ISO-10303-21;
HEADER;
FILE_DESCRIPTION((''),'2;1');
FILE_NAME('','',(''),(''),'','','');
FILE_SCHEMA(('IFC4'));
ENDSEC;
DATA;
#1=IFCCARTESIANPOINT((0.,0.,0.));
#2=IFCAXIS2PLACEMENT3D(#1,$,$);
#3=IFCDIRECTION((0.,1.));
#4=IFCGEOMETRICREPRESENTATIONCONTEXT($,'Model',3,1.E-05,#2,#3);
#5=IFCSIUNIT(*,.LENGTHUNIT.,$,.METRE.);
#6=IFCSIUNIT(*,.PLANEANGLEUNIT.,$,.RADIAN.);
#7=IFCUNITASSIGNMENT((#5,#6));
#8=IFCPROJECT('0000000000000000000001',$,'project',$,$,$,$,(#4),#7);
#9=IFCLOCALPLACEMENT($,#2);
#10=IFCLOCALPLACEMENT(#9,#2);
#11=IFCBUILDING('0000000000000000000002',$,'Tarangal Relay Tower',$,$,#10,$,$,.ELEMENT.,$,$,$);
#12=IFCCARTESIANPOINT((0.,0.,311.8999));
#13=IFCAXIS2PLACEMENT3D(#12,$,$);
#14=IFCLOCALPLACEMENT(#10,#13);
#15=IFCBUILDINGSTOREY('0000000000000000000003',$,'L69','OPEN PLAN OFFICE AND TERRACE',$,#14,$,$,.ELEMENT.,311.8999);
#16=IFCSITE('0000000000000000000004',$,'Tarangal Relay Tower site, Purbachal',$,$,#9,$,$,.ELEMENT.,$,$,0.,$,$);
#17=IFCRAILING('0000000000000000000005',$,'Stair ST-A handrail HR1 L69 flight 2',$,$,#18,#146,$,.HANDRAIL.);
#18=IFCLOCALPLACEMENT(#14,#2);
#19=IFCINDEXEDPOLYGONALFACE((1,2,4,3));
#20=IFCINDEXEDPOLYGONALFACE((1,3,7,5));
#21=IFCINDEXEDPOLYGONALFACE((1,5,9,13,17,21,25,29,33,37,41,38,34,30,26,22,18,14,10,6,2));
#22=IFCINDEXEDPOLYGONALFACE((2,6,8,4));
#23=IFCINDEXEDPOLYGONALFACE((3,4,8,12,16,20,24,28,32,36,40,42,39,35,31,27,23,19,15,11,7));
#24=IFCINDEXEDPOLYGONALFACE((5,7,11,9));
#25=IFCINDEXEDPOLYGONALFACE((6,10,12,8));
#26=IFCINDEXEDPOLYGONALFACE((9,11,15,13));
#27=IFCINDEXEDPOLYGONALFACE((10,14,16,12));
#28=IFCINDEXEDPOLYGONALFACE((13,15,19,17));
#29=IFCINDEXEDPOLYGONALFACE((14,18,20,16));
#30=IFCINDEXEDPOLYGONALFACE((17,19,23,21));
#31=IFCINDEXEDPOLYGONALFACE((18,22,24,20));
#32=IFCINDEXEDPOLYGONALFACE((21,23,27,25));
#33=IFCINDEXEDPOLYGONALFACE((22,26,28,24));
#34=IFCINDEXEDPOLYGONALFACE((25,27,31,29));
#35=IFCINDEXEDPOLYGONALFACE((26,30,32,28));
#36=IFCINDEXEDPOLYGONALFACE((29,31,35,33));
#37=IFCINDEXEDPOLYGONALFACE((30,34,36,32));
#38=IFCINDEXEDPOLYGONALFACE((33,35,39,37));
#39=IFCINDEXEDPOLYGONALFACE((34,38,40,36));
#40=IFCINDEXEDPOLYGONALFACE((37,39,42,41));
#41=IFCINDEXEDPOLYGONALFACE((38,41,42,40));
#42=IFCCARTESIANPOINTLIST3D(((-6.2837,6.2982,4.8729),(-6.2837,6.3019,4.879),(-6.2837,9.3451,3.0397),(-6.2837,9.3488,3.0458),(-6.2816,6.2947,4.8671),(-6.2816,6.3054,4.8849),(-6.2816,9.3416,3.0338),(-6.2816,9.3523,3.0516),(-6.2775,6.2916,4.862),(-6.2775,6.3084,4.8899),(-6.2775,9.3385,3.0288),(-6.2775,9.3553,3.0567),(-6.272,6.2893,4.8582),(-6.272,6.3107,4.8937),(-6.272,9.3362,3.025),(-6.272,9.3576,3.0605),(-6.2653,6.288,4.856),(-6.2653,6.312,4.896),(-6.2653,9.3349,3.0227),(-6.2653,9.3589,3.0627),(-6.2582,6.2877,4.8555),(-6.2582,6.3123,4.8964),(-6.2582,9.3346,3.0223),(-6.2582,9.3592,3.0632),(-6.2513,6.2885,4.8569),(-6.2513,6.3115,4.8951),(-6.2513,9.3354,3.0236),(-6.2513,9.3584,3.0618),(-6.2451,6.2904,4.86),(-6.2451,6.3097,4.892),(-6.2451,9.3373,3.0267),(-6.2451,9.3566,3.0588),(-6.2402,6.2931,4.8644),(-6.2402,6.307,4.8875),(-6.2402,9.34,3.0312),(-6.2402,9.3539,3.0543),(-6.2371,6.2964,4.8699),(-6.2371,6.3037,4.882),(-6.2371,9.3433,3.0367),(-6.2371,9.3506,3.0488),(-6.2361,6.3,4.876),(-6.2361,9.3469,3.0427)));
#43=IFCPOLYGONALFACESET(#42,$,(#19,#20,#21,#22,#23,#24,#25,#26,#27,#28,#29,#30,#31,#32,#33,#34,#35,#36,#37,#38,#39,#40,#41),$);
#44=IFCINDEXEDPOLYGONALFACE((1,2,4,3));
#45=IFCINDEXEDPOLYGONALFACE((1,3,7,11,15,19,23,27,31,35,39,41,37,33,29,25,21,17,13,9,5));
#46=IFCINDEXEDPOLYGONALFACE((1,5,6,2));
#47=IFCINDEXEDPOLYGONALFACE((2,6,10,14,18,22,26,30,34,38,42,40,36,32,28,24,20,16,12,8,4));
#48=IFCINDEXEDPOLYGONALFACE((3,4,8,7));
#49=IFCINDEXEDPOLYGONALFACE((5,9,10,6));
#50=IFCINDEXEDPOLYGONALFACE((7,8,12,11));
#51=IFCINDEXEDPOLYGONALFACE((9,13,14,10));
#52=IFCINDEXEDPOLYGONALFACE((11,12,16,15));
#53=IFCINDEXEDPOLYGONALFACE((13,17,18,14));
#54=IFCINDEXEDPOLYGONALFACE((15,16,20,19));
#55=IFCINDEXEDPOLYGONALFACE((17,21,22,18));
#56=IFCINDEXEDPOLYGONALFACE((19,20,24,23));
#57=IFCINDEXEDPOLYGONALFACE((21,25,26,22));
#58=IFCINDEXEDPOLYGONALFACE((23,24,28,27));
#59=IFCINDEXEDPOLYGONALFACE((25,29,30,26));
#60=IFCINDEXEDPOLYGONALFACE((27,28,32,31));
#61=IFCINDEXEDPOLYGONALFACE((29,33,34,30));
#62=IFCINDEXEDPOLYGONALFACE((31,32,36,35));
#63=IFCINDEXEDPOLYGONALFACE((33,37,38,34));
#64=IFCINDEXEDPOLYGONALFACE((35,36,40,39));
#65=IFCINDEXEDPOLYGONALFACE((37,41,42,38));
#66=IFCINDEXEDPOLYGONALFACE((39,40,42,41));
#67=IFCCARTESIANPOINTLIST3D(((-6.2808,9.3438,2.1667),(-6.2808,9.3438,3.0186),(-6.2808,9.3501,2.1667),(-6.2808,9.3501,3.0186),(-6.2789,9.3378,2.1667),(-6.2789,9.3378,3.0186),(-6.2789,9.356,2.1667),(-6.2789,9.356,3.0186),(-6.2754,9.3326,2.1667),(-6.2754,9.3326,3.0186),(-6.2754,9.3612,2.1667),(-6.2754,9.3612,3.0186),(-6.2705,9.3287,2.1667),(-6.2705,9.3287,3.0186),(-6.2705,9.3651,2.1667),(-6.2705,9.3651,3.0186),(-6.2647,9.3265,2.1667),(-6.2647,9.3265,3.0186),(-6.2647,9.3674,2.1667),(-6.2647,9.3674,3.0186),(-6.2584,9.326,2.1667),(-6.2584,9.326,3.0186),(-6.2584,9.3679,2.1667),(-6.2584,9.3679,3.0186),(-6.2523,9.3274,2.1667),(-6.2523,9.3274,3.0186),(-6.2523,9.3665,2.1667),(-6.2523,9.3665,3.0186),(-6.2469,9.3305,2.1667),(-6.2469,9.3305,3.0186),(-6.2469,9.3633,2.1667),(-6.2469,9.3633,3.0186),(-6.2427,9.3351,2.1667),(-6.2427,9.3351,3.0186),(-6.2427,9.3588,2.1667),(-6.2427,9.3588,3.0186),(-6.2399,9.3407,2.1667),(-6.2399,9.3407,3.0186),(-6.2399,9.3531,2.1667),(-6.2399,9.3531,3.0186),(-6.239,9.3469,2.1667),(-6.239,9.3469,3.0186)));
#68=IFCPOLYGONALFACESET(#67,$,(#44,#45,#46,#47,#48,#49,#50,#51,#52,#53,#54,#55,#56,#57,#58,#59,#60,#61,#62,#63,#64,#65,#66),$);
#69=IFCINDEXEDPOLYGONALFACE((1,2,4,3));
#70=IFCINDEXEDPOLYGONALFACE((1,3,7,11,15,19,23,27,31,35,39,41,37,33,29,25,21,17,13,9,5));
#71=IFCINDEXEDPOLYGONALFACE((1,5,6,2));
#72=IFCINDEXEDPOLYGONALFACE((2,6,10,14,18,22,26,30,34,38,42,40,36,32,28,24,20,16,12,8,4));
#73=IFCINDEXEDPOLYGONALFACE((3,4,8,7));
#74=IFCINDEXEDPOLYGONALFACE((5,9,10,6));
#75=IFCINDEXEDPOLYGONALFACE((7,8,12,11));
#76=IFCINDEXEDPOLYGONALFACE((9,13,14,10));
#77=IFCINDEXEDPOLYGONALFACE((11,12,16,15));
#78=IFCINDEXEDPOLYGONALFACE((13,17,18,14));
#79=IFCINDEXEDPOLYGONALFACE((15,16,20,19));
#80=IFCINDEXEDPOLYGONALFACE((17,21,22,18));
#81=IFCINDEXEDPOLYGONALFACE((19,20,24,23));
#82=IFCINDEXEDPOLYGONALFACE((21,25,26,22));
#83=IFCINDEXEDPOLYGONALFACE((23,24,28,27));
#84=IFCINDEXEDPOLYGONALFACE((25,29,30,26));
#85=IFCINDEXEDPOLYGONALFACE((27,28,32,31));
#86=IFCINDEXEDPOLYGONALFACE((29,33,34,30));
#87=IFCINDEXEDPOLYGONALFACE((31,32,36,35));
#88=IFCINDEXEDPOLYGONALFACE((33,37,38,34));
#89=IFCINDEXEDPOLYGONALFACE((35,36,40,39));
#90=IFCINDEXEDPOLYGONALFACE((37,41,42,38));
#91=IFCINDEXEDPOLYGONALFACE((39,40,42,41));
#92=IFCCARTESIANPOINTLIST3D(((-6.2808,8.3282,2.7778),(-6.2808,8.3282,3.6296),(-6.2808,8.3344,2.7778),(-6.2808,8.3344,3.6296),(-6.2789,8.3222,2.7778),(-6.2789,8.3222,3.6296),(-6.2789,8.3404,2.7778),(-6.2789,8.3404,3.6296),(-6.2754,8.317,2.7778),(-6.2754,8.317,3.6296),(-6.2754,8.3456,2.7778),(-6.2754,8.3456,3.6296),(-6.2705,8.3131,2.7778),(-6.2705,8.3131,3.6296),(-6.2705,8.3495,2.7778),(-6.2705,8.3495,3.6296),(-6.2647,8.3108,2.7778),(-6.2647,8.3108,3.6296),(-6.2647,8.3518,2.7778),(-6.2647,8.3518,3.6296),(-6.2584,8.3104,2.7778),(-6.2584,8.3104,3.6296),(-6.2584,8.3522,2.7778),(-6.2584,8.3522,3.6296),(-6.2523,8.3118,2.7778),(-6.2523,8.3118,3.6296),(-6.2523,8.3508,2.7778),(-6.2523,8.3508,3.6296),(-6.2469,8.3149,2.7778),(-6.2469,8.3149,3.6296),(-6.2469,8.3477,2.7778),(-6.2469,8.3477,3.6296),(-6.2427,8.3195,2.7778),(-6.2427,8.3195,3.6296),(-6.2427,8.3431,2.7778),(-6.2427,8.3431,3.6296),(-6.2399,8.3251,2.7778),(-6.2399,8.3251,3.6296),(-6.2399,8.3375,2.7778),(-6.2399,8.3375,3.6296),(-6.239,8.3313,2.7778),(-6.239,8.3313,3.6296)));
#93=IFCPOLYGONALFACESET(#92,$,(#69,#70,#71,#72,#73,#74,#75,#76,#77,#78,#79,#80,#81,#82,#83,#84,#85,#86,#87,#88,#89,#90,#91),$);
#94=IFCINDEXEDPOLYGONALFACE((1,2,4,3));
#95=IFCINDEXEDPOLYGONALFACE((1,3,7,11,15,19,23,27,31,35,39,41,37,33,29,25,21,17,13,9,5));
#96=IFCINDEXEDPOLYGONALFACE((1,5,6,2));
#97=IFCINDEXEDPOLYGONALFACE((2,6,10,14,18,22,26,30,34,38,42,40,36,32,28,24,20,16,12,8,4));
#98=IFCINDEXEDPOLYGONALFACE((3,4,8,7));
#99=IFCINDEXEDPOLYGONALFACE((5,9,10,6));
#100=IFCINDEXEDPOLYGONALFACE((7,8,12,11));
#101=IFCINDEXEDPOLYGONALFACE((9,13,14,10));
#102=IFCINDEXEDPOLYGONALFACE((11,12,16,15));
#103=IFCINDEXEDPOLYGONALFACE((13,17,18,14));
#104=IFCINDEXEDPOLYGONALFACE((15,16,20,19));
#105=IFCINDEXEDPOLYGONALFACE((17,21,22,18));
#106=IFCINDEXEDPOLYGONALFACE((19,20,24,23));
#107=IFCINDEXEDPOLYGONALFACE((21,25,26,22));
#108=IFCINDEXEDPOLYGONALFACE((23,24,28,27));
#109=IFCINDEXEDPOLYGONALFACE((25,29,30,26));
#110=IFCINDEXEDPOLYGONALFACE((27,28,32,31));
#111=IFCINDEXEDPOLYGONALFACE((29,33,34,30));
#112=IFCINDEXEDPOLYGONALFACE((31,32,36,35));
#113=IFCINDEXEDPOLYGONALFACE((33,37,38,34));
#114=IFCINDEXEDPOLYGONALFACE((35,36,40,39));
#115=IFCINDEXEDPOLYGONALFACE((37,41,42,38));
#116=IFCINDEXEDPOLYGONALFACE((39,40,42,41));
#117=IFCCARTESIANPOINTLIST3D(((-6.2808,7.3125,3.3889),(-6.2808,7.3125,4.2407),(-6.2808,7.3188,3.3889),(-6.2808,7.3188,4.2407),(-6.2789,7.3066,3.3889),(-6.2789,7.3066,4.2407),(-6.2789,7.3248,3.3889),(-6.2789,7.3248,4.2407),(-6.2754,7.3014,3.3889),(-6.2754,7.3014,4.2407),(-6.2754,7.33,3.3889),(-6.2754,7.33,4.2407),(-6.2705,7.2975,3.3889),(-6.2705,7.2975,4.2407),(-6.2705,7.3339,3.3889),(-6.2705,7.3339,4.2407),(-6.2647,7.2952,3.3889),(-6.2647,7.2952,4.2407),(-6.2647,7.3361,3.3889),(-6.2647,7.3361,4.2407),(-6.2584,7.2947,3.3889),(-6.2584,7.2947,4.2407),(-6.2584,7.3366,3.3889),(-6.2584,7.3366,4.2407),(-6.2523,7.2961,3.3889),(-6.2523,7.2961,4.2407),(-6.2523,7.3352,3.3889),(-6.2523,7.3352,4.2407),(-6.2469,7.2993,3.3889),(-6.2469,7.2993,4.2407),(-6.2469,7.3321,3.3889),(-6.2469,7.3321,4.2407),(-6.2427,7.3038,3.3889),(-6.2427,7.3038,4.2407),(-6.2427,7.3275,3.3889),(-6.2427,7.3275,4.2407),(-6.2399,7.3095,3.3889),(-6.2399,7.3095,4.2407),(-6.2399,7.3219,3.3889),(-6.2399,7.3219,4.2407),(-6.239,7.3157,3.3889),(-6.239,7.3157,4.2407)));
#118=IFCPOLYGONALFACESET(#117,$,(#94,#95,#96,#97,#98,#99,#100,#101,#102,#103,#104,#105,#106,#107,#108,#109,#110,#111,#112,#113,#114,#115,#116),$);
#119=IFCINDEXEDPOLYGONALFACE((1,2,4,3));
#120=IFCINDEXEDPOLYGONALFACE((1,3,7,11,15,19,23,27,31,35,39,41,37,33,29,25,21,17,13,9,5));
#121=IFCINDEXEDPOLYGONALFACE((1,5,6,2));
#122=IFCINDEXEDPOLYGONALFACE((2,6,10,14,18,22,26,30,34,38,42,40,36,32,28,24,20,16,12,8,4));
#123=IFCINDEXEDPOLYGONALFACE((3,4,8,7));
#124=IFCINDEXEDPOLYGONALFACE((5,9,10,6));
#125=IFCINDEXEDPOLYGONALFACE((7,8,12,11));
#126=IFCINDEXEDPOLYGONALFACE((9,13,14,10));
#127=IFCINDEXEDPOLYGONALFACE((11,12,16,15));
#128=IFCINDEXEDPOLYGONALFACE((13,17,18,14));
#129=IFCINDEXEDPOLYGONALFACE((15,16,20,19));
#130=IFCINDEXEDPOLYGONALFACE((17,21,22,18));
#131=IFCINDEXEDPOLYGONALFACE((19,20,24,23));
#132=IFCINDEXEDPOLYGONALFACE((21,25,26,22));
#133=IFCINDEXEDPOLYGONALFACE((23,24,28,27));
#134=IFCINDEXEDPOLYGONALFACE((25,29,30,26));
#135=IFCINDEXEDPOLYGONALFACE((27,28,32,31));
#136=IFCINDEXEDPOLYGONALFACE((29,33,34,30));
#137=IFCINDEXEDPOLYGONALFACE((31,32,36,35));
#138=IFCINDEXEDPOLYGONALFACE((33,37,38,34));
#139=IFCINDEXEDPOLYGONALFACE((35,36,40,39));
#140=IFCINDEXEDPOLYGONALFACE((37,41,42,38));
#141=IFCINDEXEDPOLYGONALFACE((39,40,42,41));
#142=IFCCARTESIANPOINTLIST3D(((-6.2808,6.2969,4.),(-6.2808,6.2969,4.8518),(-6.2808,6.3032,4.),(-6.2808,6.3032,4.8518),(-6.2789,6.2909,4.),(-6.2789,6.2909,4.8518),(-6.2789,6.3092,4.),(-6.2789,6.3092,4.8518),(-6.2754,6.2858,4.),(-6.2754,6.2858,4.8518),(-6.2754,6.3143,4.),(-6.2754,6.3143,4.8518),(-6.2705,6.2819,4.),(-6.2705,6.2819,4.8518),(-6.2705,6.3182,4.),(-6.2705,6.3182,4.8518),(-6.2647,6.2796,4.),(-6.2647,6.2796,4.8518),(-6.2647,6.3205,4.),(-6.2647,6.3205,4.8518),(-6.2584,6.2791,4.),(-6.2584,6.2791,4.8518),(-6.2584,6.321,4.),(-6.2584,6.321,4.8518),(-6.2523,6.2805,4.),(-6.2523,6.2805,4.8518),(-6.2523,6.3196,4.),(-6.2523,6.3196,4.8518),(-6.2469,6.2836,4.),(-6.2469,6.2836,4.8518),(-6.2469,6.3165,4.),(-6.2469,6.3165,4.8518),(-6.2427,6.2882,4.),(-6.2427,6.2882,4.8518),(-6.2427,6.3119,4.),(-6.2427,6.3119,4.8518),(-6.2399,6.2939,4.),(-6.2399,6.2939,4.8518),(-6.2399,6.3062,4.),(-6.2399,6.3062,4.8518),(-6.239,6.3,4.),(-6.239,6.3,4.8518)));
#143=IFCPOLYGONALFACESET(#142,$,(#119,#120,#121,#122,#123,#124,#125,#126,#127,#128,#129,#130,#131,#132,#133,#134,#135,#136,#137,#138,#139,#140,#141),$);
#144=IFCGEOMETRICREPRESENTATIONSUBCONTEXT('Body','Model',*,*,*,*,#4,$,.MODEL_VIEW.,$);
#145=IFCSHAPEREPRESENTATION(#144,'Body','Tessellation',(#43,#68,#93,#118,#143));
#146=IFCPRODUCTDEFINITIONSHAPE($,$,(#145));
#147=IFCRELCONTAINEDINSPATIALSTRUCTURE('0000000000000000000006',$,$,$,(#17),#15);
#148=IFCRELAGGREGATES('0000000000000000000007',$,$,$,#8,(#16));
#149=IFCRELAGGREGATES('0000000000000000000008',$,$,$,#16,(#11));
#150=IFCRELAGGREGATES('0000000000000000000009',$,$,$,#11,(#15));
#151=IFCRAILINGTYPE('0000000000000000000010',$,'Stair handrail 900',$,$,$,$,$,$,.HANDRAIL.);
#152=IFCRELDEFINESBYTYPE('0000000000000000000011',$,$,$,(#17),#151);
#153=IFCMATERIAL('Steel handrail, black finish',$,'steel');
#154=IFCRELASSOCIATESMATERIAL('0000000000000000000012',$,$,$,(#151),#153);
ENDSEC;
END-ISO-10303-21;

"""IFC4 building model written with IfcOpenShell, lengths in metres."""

from ifc_helpers import new_model, si_unit, direction, frame, origin, origin_2d, place, context, subcontext, project, spatial, circle, extrude, material, type_object, element, save


model = new_model("IFC4")

# Units and contexts
model_context = context("Model", 3, precision=1e-05, world=origin(), true_north=direction((0.0, 1.0)))
body_context = subcontext(model_context, "Body", "Model", "MODEL_VIEW")
ifc_project = project(units=[si_unit("LENGTHUNIT", "METRE"), si_unit("PLANEANGLEUNIT", "RADIAN")], contexts=[model_context])

# Site, building, storey
site_placement = place(None, origin())
site = spatial("IfcSite", under=ifc_project, at=site_placement, Name="Tarangal Relay Tower site, Purbachal", CompositionType="ELEMENT", RefElevation=0.0)
building_placement = place(site_placement, origin())
building = spatial("IfcBuilding", under=site, at=building_placement, Name="Tarangal Relay Tower", CompositionType="ELEMENT")
storey_placement = place(building_placement, frame((0.0, 0.0, 311.8999)))
storey = spatial("IfcBuildingStorey", under=building, at=storey_placement, Name="L69", Description="OPEN PLAN OFFICE AND TERRACE", CompositionType="ELEMENT", Elevation=311.8999)

# Railing
ifc_material_1 = material(Name="Steel handrail, black finish", Category="steel")
railing_type_1 = type_object("IfcRailingType", Name="Stair handrail 900", PredefinedType="HANDRAIL", material=ifc_material_1)
railing_1_placement = place(storey_placement, frame((-6.26, 9.3469, 2.1667)))
element("IfcRailing", 1, at=railing_1_placement, inside=storey, type_object=railing_type_1, Name="Stair ST-A handrail HR1 L69 flight 2", PredefinedType="HANDRAIL", context=body_context, shape_type="SweptSolid", body=[
    extrude(circle(Radius=0.0239, at=origin_2d()), frame((0.0, 0.0, 0.876), z_axis=(0.0, -0.856856, 0.515556), x_axis=(1.0, 0.0, 0.0)), (0.0, 0.0, 1.0), 3.5559),
    extrude(circle(Radius=0.021, at=origin_2d()), origin(), (0.0, 0.0, 1.0), 0.8518),
    extrude(circle(Radius=0.021, at=origin_2d()), frame((0.0, -1.0156, 0.6111)), (0.0, 0.0, 1.0), 0.8518),
    extrude(circle(Radius=0.021, at=origin_2d()), frame((0.0, -2.0312, 1.2222)), (0.0, 0.0, 1.0), 0.8518),
    extrude(circle(Radius=0.021, at=origin_2d()), frame((0.0, -3.0469, 1.8333)), (0.0, 0.0, 1.0), 0.8518),
])

save(model, "model.ifc")
